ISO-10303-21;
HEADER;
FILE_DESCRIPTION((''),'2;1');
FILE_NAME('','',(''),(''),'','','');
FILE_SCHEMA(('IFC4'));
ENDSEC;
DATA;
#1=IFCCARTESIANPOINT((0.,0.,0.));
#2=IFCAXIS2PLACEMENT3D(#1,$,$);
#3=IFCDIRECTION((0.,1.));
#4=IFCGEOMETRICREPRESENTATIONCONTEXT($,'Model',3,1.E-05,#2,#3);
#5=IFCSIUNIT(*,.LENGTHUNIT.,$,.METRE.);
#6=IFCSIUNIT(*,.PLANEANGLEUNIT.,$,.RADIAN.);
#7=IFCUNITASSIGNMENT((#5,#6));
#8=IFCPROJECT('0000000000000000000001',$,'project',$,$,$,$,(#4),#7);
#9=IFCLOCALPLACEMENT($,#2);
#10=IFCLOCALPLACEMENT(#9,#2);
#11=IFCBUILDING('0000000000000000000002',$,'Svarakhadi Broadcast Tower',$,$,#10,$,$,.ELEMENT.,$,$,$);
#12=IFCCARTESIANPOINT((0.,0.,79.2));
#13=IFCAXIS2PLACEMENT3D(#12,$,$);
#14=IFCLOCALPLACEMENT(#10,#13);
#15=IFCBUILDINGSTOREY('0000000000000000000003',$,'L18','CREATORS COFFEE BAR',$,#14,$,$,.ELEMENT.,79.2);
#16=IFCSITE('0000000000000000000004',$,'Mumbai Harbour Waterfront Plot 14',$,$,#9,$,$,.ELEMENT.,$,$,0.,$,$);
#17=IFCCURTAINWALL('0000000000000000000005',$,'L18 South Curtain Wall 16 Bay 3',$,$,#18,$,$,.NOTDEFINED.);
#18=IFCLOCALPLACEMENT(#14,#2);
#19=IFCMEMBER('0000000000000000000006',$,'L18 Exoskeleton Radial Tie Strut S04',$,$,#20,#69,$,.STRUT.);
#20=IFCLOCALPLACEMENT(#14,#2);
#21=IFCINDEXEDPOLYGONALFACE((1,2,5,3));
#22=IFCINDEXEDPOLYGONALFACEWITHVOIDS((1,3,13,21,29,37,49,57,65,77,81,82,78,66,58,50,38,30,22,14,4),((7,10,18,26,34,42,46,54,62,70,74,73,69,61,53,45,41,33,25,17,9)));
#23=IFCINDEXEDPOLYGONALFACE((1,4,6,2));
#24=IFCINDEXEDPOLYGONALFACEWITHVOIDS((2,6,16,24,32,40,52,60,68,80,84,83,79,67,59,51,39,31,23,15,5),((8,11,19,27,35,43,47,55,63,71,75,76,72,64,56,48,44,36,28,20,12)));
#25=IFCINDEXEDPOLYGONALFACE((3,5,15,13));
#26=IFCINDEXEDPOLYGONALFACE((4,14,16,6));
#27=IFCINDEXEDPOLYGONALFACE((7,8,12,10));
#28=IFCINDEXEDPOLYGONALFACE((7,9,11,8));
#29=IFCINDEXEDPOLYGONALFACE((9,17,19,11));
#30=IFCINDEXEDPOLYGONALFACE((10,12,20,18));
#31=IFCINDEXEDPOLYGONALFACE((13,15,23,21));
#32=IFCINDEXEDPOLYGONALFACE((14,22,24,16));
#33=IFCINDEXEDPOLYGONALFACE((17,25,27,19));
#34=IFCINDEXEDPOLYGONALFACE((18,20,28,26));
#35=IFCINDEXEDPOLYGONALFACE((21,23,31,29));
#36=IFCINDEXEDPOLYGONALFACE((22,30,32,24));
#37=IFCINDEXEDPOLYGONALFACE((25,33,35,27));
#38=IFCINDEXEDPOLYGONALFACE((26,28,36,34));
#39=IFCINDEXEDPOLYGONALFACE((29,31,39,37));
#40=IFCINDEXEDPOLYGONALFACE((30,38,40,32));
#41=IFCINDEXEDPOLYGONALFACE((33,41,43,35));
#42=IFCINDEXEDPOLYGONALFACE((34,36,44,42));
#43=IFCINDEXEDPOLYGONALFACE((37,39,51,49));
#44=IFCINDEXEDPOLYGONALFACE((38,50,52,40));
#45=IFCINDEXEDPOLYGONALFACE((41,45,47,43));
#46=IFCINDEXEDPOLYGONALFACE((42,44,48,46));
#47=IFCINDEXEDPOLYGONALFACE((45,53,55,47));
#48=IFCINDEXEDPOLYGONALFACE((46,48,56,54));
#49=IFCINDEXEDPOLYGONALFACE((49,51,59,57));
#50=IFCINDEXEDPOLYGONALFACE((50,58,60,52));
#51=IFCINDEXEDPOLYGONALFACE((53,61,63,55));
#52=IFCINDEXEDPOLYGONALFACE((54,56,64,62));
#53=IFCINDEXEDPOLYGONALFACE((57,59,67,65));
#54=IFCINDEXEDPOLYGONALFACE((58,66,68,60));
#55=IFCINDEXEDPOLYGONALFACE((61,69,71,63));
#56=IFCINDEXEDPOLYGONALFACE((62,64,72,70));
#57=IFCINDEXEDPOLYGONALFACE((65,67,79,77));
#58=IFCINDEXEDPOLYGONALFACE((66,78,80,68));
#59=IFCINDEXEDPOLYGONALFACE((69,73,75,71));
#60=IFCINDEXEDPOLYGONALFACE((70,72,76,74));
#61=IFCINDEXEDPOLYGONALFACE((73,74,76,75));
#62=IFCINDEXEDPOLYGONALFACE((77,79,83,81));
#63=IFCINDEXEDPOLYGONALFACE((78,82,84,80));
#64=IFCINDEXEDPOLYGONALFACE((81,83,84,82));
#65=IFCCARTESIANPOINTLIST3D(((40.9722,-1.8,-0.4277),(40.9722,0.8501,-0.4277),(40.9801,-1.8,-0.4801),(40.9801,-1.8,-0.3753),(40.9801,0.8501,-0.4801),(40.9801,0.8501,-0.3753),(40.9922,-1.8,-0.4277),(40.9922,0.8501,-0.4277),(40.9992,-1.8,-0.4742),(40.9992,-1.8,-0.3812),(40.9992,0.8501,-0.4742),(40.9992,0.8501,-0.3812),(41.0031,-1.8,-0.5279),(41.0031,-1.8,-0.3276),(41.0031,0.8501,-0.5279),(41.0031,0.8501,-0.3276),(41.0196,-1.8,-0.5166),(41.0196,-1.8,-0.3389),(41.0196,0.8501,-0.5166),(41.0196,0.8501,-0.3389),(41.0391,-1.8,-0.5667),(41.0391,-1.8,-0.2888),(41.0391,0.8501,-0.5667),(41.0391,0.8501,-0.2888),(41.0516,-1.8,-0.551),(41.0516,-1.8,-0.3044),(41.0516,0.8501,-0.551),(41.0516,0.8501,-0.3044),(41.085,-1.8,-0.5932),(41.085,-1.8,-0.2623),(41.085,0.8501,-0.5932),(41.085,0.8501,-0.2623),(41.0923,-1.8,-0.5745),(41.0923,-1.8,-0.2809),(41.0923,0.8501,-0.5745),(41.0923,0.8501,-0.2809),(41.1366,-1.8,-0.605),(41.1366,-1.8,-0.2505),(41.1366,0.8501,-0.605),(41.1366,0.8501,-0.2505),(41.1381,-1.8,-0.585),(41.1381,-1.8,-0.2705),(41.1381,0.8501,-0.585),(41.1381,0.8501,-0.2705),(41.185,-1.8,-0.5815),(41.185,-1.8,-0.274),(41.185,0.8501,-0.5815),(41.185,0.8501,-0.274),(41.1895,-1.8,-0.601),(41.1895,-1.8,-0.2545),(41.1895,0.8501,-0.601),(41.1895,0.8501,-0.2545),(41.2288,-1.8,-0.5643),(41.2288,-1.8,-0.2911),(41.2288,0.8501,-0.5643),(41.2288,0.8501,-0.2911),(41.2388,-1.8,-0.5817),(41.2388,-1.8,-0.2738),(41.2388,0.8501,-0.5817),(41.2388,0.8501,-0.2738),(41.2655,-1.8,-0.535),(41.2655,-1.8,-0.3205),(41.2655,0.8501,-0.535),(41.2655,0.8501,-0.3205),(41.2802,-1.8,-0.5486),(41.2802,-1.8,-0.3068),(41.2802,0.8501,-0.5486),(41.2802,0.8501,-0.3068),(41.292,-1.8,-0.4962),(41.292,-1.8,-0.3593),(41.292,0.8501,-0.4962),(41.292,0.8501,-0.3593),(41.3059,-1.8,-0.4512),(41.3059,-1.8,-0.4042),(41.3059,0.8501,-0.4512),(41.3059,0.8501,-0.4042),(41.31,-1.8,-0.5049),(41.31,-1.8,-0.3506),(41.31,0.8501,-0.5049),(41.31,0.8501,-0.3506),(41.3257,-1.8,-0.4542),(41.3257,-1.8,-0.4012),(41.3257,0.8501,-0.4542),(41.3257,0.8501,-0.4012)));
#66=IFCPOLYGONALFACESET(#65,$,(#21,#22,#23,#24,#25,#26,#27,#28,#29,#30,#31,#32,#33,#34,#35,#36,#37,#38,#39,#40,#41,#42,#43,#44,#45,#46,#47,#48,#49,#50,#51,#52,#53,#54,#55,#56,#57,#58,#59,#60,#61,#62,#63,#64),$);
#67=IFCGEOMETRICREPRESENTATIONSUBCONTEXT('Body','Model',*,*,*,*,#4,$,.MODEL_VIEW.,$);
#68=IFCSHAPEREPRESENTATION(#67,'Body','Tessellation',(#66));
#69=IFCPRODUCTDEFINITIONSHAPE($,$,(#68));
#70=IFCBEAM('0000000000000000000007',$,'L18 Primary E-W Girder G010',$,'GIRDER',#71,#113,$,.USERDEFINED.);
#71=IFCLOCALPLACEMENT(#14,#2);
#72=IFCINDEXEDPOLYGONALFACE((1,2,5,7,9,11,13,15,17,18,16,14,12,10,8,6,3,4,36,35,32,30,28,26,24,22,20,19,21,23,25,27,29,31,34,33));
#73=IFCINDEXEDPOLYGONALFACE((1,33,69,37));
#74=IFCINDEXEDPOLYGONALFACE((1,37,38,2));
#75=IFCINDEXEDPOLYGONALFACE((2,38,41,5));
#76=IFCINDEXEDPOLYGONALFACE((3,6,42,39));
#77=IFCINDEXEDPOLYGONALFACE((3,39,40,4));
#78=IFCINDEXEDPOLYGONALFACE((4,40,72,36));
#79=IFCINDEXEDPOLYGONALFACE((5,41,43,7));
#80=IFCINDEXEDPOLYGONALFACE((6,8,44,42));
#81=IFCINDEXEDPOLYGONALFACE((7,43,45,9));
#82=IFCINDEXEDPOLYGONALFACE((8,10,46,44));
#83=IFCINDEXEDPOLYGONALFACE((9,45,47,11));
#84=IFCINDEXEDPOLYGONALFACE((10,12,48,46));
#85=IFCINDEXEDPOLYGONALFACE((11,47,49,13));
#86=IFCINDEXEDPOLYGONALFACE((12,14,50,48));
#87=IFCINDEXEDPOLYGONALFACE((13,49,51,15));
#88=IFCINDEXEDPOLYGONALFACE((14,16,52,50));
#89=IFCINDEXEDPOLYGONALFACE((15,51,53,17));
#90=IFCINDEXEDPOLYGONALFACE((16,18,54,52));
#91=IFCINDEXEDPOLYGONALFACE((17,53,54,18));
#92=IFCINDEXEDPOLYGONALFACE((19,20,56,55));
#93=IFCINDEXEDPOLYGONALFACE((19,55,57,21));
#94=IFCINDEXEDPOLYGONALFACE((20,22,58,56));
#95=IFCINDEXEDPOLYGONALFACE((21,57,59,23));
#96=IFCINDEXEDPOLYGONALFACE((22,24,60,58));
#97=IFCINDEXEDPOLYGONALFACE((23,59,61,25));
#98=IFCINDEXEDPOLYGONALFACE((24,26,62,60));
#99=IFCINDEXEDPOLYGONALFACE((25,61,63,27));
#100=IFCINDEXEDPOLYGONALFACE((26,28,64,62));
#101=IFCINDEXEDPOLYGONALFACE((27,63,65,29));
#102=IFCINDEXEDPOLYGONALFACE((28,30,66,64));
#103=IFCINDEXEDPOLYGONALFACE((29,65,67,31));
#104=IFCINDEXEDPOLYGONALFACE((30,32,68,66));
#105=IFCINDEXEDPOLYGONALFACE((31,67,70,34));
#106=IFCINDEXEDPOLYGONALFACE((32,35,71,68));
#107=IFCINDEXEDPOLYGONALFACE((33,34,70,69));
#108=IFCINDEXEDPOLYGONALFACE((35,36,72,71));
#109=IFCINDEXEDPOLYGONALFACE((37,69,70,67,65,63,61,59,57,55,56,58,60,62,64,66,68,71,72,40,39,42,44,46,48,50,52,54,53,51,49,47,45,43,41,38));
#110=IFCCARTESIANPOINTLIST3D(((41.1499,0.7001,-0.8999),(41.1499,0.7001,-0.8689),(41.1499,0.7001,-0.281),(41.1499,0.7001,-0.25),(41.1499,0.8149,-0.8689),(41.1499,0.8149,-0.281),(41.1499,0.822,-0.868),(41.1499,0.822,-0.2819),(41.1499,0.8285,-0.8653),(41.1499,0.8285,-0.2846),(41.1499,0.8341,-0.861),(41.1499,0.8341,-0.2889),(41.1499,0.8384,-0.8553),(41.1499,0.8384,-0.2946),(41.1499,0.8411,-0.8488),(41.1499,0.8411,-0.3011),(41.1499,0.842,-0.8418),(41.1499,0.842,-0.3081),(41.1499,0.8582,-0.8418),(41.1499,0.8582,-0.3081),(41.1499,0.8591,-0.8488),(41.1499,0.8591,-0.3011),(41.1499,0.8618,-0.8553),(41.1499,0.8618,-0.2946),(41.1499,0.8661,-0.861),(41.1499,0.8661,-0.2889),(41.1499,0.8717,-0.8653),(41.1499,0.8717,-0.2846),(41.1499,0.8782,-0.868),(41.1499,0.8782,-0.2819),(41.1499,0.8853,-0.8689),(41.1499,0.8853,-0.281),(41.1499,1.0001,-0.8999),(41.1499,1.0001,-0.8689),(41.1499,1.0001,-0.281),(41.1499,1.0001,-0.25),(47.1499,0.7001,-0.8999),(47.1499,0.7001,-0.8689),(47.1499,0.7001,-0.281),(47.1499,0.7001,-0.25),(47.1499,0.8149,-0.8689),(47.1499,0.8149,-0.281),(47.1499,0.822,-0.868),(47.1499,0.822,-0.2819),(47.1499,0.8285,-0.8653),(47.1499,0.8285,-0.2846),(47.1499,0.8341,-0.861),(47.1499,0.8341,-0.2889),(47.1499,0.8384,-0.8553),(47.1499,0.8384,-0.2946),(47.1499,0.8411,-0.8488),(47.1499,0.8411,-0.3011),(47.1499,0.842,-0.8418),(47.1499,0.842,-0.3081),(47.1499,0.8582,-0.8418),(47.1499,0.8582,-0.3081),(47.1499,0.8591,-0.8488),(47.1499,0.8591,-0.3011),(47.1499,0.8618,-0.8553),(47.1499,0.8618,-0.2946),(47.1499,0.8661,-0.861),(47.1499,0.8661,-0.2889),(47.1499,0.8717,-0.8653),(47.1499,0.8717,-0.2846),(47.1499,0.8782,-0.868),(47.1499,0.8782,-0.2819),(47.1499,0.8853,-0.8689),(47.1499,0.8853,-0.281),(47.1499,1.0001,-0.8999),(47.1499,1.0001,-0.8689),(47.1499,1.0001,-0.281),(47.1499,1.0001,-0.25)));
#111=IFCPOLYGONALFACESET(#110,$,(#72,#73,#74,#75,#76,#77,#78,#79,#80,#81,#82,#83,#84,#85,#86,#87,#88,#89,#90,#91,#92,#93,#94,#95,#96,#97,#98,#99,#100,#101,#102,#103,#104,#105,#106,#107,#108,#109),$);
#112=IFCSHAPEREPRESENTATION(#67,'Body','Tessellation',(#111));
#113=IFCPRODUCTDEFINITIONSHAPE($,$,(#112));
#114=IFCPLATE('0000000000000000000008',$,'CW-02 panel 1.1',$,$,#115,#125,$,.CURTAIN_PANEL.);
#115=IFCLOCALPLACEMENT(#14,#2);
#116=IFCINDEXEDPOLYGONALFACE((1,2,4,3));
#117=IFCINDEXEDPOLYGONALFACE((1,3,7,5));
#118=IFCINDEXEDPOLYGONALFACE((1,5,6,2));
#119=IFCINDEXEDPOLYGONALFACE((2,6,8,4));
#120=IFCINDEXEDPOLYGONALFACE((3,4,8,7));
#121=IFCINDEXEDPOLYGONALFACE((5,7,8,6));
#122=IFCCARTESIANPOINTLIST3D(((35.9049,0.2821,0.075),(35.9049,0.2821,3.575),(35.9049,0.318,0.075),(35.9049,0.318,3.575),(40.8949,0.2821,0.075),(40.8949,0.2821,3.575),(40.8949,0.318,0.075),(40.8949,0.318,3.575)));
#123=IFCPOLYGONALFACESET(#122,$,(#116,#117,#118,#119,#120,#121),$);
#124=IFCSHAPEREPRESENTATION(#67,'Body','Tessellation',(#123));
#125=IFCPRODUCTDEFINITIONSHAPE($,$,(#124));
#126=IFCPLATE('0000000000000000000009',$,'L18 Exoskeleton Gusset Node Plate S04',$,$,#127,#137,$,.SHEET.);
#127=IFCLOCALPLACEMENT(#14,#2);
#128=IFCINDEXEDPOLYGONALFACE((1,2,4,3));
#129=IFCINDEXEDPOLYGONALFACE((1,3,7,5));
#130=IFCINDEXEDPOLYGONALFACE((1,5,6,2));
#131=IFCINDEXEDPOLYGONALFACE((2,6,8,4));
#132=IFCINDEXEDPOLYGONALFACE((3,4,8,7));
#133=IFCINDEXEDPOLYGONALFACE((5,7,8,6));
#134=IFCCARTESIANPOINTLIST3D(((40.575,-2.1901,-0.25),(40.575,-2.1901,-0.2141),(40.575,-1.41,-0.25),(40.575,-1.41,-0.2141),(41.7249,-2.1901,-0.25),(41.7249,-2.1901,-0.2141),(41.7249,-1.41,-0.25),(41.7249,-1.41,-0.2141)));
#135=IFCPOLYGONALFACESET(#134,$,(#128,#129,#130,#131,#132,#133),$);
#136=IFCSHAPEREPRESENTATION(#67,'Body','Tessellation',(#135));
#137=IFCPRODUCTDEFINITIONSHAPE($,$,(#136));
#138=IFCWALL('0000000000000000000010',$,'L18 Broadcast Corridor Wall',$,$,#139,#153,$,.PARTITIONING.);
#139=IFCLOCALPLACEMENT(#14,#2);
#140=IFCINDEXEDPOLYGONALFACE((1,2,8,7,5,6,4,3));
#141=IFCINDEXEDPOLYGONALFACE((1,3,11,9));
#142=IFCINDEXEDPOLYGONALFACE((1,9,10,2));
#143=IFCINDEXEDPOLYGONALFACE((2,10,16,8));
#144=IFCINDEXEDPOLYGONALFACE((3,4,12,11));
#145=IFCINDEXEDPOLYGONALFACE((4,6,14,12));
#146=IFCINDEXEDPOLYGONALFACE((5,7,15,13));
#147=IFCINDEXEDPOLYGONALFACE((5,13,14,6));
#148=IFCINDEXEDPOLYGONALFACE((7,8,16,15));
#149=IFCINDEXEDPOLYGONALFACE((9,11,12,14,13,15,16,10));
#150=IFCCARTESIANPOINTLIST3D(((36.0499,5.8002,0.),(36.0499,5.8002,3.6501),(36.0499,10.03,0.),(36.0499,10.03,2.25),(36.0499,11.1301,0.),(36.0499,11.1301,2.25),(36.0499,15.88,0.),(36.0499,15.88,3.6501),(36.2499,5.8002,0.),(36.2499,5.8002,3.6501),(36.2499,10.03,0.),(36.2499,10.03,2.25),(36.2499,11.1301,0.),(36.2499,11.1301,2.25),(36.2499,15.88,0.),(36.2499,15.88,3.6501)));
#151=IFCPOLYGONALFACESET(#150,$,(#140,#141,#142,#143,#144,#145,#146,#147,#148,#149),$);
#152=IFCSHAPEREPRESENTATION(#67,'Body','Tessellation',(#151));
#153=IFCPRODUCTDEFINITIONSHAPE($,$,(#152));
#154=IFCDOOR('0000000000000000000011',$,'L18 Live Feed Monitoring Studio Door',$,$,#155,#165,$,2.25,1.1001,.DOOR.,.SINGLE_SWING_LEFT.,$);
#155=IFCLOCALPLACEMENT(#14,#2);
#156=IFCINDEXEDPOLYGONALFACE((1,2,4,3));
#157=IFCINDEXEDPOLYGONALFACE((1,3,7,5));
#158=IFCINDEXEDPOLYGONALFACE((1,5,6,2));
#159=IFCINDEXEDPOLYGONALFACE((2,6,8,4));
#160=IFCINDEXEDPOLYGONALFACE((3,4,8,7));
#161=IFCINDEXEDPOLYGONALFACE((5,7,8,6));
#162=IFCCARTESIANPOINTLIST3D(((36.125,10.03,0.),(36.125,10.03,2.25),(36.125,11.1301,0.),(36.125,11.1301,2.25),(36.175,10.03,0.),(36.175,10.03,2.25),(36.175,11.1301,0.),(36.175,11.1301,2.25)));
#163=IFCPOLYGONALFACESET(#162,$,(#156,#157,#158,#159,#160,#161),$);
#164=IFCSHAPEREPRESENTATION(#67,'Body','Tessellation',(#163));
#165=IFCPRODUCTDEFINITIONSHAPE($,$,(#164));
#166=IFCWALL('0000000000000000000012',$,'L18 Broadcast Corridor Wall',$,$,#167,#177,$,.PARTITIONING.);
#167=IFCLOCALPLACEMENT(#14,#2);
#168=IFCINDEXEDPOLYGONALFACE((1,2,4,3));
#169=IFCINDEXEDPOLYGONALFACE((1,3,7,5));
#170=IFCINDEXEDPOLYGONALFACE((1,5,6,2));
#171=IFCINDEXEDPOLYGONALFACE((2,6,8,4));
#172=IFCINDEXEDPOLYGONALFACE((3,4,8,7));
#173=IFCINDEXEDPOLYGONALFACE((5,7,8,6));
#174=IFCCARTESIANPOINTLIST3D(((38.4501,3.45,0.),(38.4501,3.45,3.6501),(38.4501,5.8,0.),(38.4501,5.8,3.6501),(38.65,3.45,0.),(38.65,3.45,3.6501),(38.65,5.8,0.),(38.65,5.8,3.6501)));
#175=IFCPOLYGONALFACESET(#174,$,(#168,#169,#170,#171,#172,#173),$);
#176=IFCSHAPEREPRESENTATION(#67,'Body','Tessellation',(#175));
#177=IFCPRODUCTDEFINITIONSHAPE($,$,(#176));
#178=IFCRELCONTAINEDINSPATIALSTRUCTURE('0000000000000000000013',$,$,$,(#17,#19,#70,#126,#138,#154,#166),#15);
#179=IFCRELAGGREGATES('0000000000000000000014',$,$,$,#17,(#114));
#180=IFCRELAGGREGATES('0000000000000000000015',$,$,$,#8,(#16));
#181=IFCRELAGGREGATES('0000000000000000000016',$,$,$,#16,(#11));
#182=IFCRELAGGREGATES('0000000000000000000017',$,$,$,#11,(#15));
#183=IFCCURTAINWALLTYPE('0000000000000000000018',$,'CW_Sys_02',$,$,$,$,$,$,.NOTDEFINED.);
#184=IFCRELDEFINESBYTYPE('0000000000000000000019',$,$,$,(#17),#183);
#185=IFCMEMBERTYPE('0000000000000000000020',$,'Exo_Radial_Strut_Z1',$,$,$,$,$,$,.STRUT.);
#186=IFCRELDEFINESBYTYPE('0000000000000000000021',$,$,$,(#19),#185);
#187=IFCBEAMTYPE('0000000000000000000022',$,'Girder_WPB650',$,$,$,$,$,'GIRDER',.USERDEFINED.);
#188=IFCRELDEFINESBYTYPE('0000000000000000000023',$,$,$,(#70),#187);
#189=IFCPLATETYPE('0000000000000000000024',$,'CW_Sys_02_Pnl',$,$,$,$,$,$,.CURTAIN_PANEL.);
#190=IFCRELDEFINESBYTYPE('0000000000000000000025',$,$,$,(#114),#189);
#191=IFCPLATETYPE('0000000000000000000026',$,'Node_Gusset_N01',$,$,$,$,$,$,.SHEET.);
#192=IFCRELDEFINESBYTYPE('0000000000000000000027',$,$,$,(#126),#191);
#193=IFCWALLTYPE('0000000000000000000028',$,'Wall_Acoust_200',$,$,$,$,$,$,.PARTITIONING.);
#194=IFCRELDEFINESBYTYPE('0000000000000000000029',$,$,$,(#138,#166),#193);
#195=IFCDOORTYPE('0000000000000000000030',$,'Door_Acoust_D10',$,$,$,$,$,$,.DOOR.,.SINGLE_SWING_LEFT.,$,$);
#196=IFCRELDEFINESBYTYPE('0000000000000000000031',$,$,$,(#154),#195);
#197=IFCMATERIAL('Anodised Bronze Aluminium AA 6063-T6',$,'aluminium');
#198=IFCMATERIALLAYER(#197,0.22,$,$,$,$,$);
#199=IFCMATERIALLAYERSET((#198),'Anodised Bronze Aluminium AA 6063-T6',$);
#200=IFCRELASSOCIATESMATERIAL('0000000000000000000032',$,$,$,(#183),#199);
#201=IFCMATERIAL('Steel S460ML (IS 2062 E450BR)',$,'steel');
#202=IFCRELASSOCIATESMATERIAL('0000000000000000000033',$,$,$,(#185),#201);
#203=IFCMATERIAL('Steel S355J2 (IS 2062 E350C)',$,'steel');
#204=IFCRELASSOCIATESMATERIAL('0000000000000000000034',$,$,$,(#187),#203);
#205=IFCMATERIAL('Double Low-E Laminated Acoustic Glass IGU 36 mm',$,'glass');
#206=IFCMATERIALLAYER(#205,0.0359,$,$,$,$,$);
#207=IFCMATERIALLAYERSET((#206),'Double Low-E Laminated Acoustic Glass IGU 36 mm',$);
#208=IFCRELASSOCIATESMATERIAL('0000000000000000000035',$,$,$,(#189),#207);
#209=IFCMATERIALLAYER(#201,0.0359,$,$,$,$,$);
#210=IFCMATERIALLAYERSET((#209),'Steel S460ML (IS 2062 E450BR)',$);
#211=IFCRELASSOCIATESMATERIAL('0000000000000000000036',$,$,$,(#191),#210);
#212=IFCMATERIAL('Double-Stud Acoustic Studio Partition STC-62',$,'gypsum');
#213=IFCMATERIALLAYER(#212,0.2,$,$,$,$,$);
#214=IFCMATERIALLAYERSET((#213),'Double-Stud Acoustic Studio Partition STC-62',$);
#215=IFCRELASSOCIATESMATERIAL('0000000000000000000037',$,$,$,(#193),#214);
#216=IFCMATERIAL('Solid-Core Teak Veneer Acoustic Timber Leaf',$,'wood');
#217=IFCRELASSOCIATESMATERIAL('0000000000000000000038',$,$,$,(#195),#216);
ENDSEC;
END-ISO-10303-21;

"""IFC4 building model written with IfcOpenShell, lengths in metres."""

from ifc_helpers import new_model, si_unit, direction, frame, frame_2d, origin, origin_2d, place, context, subcontext, project, spatial, rectangle, hollow_circle, i_section, extrude, material, layer, layer_set, material_profile, profile_set, type_object, element, fill, aggregate, save


model = new_model("IFC4")

# Units and contexts
model_context = context("Model", 3, precision=1e-05, world=origin(), true_north=direction((0.0, 1.0)))
body_context = subcontext(model_context, "Body", "Model", "MODEL_VIEW")
ifc_project = project(units=[si_unit("LENGTHUNIT", "METRE"), si_unit("PLANEANGLEUNIT", "RADIAN")], contexts=[model_context])

# Site, building, storey
site_placement = place(None, origin())
site = spatial("IfcSite", under=ifc_project, at=site_placement, Name="Mumbai Harbour Waterfront Plot 14", CompositionType="ELEMENT", RefElevation=0.0)
building_placement = place(site_placement, origin())
building = spatial("IfcBuilding", under=site, at=building_placement, Name="Svarakhadi Broadcast Tower", CompositionType="ELEMENT")
storey_placement = place(building_placement, frame((0.0, 0.0, 79.2)))
storey = spatial("IfcBuildingStorey", under=building, at=storey_placement, Name="L18", Description="CREATORS COFFEE BAR", CompositionType="ELEMENT", Elevation=79.2)

# Shared definitions
ifc_material_1 = material(Name="Steel S460ML (IS 2062 E450BR)", Category="steel")

# Curtain wall
ifc_material_2 = material(Name="Anodised Bronze Aluminium AA 6063-T6", Category="aluminium")
ifc_layer_1 = layer(ifc_material_2, 0.22)
ifc_layer_set_1 = layer_set([ifc_layer_1], Name="Anodised Bronze Aluminium AA 6063-T6")
curtain_wall_type = type_object("IfcCurtainWallType", Name="CW_Sys_02", PredefinedType="NOTDEFINED", material=ifc_layer_set_1)
curtain_wall_placement = place(storey_placement, origin())
curtain_wall = element("IfcCurtainWall", 1, at=curtain_wall_placement, inside=storey, type_object=curtain_wall_type, Name="L18 South Curtain Wall 16 Bay 3", PredefinedType="NOTDEFINED")

# Member
ifc_material_profile_1 = material_profile(ifc_material_1, hollow_circle(Radius=0.1777, WallThickness=0.02, at=origin_2d()), Name="CHS 355.6x20")
ifc_profile_set_1 = profile_set([ifc_material_profile_1], Name="Steel S460ML (IS 2062 E450BR)")
member_type_1 = type_object("IfcMemberType", Name="Exo_Radial_Strut_Z1", PredefinedType="STRUT", material=ifc_profile_set_1)
member_1_placement = place(storey_placement, frame((41.1499, -1.8, -0.4277), z_axis=(0.0, 1.0, 0.0), x_axis=(-1.0, 0.0, 0.0)))
element("IfcMember", 2, at=member_1_placement, inside=storey, type_object=member_type_1, Name="L18 Exoskeleton Radial Tie Strut S04", PredefinedType="STRUT", context=body_context, shape_type="SweptSolid", body=[
    extrude(hollow_circle(Radius=0.1777, WallThickness=0.02, at=origin_2d()), origin(), (0.0, 0.0, 1.0), 2.6501),
])

# Beam
ifc_material_3 = material(Name="Steel S355J2 (IS 2062 E350C)", Category="steel")
ifc_material_profile_2 = material_profile(ifc_material_3, i_section(OverallWidth=0.3, OverallDepth=0.6499, WebThickness=0.0161, FlangeThickness=0.031, FilletRadius=0.0271, at=origin_2d()), Name="WPB 650x300x225")
ifc_profile_set_2 = profile_set([ifc_material_profile_2], Name="Steel S355J2 (IS 2062 E350C)")
beam_type = type_object("IfcBeamType", Name="Girder_WPB650", ElementType="GIRDER", PredefinedType="USERDEFINED", material=ifc_profile_set_2)
beam_placement = place(storey_placement, frame((41.1499, 0.8501, -0.575), z_axis=(1.0, 0.0, 0.0), x_axis=(0.0, 1.0, 0.0)))
element("IfcBeam", 3, at=beam_placement, inside=storey, type_object=beam_type, Name="L18 Primary E-W Girder G010", ObjectType="GIRDER", PredefinedType="USERDEFINED", context=body_context, shape_type="SweptSolid", body=[
    extrude(i_section(OverallWidth=0.3, OverallDepth=0.6499, WebThickness=0.0161, FlangeThickness=0.031, FilletRadius=0.0271, at=origin_2d()), origin(), (0.0, 0.0, 1.0), 6.0),
])

# Plates
ifc_material_4 = material(Name="Double Low-E Laminated Acoustic Glass IGU 36 mm", Category="glass")
ifc_layer_2 = layer(ifc_material_4, 0.0359)
ifc_layer_set_2 = layer_set([ifc_layer_2], Name="Double Low-E Laminated Acoustic Glass IGU 36 mm")
plate_type_1 = type_object("IfcPlateType", Name="CW_Sys_02_Pnl", PredefinedType="CURTAIN_PANEL", material=ifc_layer_set_2)
plate_1_placement = place(storey_placement, frame((38.3999, 0.3, 0.075), z_axis=(0.0, 0.0, 1.0), x_axis=(-1.0, 0.0, 0.0)))
plate_1 = element("IfcPlate", 4, at=plate_1_placement, type_object=plate_type_1, Name="CW-02 panel 1.1", PredefinedType="CURTAIN_PANEL", context=body_context, shape_type="SweptSolid", body=[
    extrude(rectangle(XDim=4.99, YDim=0.0359, at=origin_2d()), origin(), (0.0, 0.0, 1.0), 3.5),
])
aggregate(curtain_wall, [plate_1])
ifc_layer_3 = layer(ifc_material_1, 0.0359)
ifc_layer_set_3 = layer_set([ifc_layer_3], Name="Steel S460ML (IS 2062 E450BR)")
plate_type_2 = type_object("IfcPlateType", Name="Node_Gusset_N01", PredefinedType="SHEET", material=ifc_layer_set_3)
plate_2_placement = place(storey_placement, frame((41.1499, -1.8, -0.25), z_axis=(0.0, 0.0, 1.0), x_axis=(1.0, 0.0, 0.0)))
element("IfcPlate", 5, at=plate_2_placement, inside=storey, type_object=plate_type_2, Name="L18 Exoskeleton Gusset Node Plate S04", PredefinedType="SHEET", context=body_context, shape_type="SweptSolid", body=[
    extrude(rectangle(XDim=1.1499, YDim=0.78, at=origin_2d()), origin(), (0.0, 0.0, 1.0), 0.0359),
])

# Wall, opening, door
ifc_material_5 = material(Name="Double-Stud Acoustic Studio Partition STC-62", Category="gypsum")
ifc_layer_4 = layer(ifc_material_5, 0.2)
ifc_layer_set_4 = layer_set([ifc_layer_4], Name="Double-Stud Acoustic Studio Partition STC-62")
wall_type_1 = type_object("IfcWallType", Name="Wall_Acoust_200", PredefinedType="PARTITIONING", material=ifc_layer_set_4)
wall_1_placement = place(storey_placement, frame((36.1499, 5.8, 0.0), z_axis=(0.0, 0.0, 1.0), x_axis=(0.0, 1.0, 0.0)))
wall_1 = element("IfcWall", 6, at=wall_1_placement, inside=storey, type_object=wall_type_1, Name="L18 Broadcast Corridor Wall", PredefinedType="PARTITIONING", context=body_context, shape_type="SweptSolid", body=[
    extrude(rectangle(XDim=10.0798, YDim=0.2, at=frame_2d((5.04, 0.0))), origin(), (0.0, 0.0, 1.0), 3.6501),
])
opening_1_placement = place(wall_1_placement, frame((4.23, 0.0, 0.0)))
opening_1 = element("IfcOpeningElement", 7, at=opening_1_placement, cuts=wall_1, PredefinedType="OPENING", context=body_context, shape_type="SweptSolid", body=[
    extrude(rectangle(XDim=1.1001, YDim=2.25, at=frame_2d((0.55, 1.125))), frame((0.0, 0.1099, 0.0), z_axis=(0.0, -1.0, 0.0), x_axis=(1.0, 0.0, 0.0)), (0.0, 0.0, 1.0), 0.22),
])
ifc_material_6 = material(Name="Solid-Core Teak Veneer Acoustic Timber Leaf", Category="wood")
door_type_1 = type_object("IfcDoorType", Name="Door_Acoust_D10", OperationType="SINGLE_SWING_LEFT", PredefinedType="DOOR", material=ifc_material_6)
door_1_placement = place(opening_1_placement, origin())
door_1 = element("IfcDoor", 8, at=door_1_placement, inside=storey, type_object=door_type_1, Name="L18 Live Feed Monitoring Studio Door", OperationType="SINGLE_SWING_LEFT", OverallHeight=2.25, OverallWidth=1.1001, PredefinedType="DOOR", context=body_context, shape_type="SweptSolid", body=[
    extrude(rectangle(XDim=1.1001, YDim=2.25, at=frame_2d((0.55, 1.125))), frame((0.0, 0.0249, 0.0), z_axis=(0.0, -1.0, 0.0), x_axis=(1.0, 0.0, 0.0)), (0.0, 0.0, 1.0), 0.05),
])
fill(opening_1, door_1)

# Wall
wall_2_placement = place(storey_placement, frame((38.55, 5.8, 0.0), z_axis=(0.0, 0.0, 1.0), x_axis=(0.0, -1.0, 0.0)))
element("IfcWall", 9, at=wall_2_placement, inside=storey, type_object=wall_type_1, Name="L18 Broadcast Corridor Wall", PredefinedType="PARTITIONING", context=body_context, shape_type="SweptSolid", body=[
    extrude(rectangle(XDim=2.3501, YDim=0.2, at=frame_2d((1.175, 0.0))), origin(), (0.0, 0.0, 1.0), 3.6501),
])

save(model, "model.ifc")
